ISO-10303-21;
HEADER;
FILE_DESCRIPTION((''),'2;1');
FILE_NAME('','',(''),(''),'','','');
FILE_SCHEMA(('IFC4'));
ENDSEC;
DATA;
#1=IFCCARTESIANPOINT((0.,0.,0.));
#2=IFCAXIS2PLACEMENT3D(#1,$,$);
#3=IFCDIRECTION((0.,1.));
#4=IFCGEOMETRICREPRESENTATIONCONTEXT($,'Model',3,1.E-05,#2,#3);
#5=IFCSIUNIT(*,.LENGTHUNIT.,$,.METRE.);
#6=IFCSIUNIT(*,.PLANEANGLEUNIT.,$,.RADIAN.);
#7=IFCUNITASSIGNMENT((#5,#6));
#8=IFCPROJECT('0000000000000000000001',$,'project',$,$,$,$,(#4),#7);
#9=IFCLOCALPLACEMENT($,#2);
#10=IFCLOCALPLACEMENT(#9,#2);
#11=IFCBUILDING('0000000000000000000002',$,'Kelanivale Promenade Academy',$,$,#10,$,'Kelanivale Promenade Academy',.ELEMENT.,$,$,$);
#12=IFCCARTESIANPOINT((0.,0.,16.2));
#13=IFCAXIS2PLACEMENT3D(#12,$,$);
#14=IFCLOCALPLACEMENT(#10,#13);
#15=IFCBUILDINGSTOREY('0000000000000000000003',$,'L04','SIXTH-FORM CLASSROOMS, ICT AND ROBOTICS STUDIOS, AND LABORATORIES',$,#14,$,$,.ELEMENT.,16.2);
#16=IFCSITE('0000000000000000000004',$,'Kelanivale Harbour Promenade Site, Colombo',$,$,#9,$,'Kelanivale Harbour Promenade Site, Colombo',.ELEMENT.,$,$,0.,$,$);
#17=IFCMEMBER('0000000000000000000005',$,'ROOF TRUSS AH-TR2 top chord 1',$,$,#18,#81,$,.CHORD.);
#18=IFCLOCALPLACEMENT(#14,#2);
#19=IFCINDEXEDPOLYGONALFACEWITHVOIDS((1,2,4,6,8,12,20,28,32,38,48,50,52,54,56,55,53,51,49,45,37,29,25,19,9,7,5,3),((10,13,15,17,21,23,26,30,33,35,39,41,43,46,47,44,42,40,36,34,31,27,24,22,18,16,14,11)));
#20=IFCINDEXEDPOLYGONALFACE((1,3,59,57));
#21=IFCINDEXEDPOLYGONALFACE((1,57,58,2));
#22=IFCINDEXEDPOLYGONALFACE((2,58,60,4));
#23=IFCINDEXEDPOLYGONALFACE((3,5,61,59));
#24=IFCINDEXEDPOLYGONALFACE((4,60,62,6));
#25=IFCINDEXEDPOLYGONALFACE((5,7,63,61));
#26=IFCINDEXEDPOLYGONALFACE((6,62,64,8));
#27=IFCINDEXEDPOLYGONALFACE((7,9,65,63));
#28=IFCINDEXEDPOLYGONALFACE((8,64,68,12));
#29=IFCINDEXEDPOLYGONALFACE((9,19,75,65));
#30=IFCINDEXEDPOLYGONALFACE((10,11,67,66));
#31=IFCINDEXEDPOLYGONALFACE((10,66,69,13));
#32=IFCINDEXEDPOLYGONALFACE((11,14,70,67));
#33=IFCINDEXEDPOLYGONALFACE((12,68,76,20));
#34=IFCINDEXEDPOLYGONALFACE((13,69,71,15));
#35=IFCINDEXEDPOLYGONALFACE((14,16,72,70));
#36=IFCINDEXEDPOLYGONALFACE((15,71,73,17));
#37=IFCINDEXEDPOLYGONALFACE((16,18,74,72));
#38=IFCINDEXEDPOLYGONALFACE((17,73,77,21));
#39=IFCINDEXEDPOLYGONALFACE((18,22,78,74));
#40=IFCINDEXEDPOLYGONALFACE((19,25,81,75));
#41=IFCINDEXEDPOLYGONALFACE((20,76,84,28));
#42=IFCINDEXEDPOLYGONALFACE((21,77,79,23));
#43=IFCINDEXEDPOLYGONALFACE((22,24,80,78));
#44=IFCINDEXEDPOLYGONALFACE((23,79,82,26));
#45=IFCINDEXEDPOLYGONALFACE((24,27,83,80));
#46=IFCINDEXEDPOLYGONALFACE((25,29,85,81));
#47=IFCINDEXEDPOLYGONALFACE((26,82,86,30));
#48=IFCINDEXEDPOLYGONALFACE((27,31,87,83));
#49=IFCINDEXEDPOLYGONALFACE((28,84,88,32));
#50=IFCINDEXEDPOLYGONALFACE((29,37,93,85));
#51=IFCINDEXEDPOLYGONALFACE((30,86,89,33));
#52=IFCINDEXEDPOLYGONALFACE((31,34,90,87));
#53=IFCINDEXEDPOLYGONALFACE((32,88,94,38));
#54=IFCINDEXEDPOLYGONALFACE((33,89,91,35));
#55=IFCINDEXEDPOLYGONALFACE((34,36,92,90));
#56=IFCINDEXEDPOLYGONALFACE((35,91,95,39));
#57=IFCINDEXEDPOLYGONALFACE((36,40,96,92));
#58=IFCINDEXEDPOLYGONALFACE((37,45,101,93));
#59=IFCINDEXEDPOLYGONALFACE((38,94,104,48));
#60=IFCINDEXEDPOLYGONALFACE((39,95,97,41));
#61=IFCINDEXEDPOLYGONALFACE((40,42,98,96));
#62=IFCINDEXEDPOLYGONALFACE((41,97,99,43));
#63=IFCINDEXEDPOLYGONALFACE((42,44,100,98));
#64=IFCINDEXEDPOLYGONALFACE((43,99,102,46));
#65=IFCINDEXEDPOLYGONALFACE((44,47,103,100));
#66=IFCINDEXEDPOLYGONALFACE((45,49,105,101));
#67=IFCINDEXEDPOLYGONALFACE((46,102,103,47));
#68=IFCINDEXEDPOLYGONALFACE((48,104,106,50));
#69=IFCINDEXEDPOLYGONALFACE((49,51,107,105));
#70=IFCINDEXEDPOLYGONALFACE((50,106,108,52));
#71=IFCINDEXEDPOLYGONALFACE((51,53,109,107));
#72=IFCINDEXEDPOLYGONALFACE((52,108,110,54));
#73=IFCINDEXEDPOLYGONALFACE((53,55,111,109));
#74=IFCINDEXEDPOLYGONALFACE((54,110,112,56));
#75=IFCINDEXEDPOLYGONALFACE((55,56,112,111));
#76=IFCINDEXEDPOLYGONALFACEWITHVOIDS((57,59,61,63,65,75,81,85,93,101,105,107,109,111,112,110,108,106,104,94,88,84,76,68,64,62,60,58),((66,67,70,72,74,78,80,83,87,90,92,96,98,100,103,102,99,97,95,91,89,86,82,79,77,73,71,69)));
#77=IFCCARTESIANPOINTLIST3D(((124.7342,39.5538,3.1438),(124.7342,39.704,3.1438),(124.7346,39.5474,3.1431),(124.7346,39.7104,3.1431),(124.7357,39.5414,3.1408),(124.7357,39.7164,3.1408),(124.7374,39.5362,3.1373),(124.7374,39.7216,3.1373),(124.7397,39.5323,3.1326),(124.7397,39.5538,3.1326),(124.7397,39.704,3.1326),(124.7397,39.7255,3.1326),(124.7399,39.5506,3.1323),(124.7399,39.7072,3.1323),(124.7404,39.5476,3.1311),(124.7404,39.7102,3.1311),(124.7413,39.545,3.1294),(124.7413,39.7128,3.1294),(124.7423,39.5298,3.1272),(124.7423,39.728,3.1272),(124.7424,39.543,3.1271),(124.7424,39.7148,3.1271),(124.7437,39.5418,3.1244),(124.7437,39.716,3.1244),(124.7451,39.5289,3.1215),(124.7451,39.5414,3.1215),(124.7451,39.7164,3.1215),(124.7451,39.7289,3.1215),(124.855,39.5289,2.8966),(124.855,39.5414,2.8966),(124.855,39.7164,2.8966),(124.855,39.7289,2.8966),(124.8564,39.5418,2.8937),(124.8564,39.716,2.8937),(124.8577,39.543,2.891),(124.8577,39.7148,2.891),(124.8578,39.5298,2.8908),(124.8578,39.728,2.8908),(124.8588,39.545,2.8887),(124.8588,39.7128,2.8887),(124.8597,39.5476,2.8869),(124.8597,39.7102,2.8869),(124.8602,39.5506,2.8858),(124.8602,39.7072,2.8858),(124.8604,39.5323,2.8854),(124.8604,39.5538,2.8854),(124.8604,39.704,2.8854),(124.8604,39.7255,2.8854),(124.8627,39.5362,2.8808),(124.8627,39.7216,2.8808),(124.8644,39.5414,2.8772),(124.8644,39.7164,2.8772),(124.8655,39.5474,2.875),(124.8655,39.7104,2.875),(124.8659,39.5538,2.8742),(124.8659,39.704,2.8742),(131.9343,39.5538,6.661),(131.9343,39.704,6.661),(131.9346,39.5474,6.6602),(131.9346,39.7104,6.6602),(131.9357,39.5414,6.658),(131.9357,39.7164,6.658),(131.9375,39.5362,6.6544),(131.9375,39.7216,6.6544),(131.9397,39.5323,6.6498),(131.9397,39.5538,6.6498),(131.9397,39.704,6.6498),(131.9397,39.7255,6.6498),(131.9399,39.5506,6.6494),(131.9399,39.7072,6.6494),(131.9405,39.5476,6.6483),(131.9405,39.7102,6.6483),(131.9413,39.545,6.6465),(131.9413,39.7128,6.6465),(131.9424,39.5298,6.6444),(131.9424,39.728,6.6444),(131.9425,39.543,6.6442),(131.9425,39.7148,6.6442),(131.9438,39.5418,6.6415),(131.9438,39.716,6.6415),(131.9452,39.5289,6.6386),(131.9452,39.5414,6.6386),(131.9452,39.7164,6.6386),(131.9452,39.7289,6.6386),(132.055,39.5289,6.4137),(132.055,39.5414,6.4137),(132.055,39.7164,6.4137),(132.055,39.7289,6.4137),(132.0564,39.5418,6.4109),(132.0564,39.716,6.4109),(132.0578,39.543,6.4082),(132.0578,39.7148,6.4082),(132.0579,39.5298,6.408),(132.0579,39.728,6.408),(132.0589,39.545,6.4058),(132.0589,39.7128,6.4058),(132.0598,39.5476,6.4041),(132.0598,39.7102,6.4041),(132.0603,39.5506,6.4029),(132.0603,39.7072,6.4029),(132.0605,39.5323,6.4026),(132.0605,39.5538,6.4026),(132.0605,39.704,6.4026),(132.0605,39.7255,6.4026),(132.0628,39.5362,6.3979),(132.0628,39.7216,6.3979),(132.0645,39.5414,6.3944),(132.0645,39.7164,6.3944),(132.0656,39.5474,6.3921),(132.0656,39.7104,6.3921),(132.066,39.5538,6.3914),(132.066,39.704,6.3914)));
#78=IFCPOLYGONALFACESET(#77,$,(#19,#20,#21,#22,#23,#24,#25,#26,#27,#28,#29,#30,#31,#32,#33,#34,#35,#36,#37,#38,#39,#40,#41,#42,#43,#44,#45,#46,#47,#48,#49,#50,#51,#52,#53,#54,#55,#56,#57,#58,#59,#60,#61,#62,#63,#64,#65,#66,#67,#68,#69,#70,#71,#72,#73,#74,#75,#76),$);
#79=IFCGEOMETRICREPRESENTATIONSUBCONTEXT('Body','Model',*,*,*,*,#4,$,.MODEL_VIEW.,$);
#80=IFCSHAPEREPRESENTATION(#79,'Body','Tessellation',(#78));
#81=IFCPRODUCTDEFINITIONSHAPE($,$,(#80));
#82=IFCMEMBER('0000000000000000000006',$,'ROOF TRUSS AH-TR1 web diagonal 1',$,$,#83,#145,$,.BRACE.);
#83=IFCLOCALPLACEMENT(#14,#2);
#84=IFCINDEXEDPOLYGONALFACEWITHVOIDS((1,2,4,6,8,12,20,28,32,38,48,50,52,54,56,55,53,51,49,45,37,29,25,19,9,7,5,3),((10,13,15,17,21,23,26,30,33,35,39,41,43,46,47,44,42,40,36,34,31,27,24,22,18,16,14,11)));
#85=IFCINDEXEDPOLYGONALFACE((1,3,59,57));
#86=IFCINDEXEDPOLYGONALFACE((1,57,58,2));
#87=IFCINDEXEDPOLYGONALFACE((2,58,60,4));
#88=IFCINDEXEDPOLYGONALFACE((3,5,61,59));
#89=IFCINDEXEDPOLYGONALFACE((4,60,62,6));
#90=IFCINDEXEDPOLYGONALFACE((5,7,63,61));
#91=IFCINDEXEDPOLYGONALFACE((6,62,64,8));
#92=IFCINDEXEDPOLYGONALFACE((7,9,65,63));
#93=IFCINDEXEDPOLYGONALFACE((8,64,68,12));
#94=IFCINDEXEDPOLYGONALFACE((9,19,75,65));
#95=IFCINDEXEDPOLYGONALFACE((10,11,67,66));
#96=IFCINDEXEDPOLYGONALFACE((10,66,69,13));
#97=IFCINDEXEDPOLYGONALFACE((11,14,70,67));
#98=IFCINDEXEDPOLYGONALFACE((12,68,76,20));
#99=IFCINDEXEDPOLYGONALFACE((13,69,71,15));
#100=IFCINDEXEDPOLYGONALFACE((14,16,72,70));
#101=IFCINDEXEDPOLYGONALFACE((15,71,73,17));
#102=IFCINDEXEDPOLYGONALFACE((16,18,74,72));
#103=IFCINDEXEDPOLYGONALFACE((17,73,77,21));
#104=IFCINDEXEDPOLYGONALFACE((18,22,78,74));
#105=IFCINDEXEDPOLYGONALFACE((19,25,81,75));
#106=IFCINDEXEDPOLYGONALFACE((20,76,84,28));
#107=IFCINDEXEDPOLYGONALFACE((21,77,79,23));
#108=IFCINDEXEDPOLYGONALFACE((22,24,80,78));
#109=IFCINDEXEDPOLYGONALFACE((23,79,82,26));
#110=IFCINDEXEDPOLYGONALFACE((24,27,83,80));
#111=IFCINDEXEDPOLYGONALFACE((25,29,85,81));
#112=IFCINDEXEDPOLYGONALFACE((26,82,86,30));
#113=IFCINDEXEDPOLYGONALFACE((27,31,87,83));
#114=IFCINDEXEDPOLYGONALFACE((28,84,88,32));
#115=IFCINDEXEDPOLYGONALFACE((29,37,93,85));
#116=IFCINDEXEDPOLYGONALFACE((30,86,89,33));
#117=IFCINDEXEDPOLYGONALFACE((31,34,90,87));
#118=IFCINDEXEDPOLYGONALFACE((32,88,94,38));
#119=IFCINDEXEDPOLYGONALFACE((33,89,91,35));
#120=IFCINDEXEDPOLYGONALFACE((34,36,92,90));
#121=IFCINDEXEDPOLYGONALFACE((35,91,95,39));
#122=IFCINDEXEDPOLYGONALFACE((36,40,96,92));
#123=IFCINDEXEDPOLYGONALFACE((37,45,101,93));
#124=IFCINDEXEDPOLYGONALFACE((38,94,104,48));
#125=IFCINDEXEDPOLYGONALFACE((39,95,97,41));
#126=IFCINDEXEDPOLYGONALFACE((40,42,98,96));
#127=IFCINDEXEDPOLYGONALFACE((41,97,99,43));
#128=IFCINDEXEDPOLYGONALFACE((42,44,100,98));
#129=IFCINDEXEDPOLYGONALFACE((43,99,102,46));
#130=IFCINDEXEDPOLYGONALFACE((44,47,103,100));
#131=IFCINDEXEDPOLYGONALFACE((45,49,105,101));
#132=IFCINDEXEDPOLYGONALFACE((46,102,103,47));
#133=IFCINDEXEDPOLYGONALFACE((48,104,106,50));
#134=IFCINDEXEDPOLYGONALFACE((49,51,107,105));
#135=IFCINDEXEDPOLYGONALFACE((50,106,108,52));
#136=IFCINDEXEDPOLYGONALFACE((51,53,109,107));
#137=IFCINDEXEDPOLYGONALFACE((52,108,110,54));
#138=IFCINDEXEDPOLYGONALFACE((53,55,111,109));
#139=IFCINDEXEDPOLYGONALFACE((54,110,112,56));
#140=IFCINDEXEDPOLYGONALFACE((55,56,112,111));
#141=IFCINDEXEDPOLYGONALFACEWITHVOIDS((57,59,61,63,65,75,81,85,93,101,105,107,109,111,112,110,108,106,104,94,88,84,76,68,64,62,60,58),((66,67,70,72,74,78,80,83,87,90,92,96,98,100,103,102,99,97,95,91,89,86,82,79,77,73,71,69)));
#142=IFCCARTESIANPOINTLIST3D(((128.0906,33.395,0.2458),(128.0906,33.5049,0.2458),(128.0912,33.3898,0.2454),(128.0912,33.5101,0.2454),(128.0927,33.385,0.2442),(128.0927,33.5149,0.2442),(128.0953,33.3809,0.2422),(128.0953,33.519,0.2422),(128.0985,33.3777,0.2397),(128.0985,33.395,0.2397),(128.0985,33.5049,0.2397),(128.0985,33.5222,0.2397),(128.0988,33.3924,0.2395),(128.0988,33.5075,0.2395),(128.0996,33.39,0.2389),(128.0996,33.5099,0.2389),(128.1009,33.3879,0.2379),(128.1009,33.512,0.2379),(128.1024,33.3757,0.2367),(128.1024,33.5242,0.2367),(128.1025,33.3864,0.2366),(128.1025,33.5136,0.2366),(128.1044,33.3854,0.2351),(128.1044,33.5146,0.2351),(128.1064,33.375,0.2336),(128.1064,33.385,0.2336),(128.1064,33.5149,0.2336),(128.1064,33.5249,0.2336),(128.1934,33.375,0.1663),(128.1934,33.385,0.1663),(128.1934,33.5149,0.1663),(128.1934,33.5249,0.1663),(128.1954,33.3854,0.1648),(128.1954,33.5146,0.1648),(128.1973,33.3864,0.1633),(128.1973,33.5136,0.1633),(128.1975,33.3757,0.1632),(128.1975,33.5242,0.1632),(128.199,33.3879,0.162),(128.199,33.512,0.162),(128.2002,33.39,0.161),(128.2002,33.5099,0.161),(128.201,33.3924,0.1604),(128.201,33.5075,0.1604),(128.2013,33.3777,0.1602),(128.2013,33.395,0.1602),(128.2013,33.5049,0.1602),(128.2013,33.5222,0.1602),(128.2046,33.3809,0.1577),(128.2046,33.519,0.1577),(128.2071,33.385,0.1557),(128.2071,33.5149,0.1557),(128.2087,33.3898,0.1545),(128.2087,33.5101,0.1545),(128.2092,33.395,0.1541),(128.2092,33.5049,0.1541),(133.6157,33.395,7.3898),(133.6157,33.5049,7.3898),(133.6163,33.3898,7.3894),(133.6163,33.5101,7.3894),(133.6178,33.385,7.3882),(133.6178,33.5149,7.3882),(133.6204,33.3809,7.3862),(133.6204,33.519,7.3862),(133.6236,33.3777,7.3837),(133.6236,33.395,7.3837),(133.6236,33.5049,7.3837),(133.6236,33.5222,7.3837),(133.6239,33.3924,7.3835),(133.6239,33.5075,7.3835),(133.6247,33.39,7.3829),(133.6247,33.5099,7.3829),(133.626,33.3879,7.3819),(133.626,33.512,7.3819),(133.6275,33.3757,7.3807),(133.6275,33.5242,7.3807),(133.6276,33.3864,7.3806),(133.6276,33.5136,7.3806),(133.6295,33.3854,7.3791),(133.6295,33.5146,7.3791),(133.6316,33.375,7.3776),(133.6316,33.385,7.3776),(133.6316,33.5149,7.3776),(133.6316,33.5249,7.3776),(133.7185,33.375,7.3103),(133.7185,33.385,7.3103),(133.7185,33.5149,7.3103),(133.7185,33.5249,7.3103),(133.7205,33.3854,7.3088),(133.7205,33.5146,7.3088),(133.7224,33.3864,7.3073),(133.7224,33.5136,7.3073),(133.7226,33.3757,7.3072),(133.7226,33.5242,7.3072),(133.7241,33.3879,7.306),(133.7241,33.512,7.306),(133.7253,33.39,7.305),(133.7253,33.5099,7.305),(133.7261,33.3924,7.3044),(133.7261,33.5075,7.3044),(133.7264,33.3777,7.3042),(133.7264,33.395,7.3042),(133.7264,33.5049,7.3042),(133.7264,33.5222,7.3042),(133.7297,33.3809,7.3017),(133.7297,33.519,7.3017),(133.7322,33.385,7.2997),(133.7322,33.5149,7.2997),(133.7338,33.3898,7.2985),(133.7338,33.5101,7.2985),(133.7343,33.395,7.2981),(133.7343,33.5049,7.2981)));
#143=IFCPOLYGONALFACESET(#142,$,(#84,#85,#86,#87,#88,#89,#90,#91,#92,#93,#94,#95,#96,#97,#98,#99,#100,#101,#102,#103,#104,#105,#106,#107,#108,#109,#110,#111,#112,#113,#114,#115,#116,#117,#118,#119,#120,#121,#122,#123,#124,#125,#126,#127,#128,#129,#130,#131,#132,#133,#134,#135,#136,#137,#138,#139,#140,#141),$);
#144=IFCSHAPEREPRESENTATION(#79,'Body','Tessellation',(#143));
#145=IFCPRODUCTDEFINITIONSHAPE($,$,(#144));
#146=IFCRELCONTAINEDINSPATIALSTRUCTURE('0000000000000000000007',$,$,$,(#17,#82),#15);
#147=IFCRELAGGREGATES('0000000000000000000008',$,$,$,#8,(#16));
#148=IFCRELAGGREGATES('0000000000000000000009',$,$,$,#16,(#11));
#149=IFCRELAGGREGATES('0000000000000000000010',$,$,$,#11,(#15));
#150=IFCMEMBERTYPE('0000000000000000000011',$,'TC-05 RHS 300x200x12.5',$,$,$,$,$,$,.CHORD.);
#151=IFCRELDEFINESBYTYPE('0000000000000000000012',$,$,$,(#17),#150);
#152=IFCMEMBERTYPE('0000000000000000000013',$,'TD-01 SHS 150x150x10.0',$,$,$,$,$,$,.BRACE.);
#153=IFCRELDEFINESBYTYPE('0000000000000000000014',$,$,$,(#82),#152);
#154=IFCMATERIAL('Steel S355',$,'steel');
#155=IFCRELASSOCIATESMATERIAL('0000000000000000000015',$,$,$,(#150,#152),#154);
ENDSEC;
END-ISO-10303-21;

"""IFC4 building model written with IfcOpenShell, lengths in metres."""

from ifc_helpers import new_model, si_unit, direction, frame, origin, origin_2d, place, context, subcontext, project, spatial, hollow_rectangle, extrude, material, material_profile, profile_set, type_object, element, save


model = new_model("IFC4")

# Units and contexts
model_context = context("Model", 3, precision=1e-05, world=origin(), true_north=direction((0.0, 1.0)))
body_context = subcontext(model_context, "Body", "Model", "MODEL_VIEW")
ifc_project = project(units=[si_unit("LENGTHUNIT", "METRE"), si_unit("PLANEANGLEUNIT", "RADIAN")], contexts=[model_context])

# Site, building, storey
site_placement = place(None, origin())
site = spatial("IfcSite", under=ifc_project, at=site_placement, Name="Kelanivale Harbour Promenade Site, Colombo", LongName="Kelanivale Harbour Promenade Site, Colombo", CompositionType="ELEMENT", RefElevation=0.0)
building_placement = place(site_placement, origin())
building = spatial("IfcBuilding", under=site, at=building_placement, Name="Kelanivale Promenade Academy", LongName="Kelanivale Promenade Academy", CompositionType="ELEMENT")
storey_placement = place(building_placement, frame((0.0, 0.0, 16.2)))
storey = spatial("IfcBuildingStorey", under=building, at=storey_placement, Name="L04", Description="SIXTH-FORM CLASSROOMS, ICT AND ROBOTICS STUDIOS, AND LABORATORIES", CompositionType="ELEMENT", Elevation=16.2)

# Shared definitions
ifc_material_1 = material(Name="Steel S355", Category="steel")

# Members
ifc_material_profile_1 = material_profile(ifc_material_1, hollow_rectangle(XDim=0.2, YDim=0.3, WallThickness=0.0125, InnerFilletRadius=0.0125, OuterFilletRadius=0.0249, at=origin_2d()), Name="RHS 300x200x12.5")
ifc_profile_set_1 = profile_set([ifc_material_profile_1], Name="Steel S355")
member_type_1 = type_object("IfcMemberType", Name="TC-05 RHS 300x200x12.5", PredefinedType="CHORD", material=ifc_profile_set_1)
member_1_placement = place(storey_placement, frame((124.8, 39.6289, 3.009), z_axis=(0.898526, 0.0, 0.438919), x_axis=(0.0, 1.0, 0.0)))
element("IfcMember", 1, at=member_1_placement, inside=storey, type_object=member_type_1, Name="ROOF TRUSS AH-TR2 top chord 1", PredefinedType="CHORD", context=body_context, shape_type="SweptSolid", body=[
    extrude(hollow_rectangle(XDim=0.2, YDim=0.3, WallThickness=0.0125, InnerFilletRadius=0.0125, OuterFilletRadius=0.0249, at=origin_2d()), origin(), (0.0, 0.0, 1.0), 8.0132),
])
ifc_material_profile_2 = material_profile(ifc_material_1, hollow_rectangle(XDim=0.1499, YDim=0.1499, WallThickness=0.01, InnerFilletRadius=0.01, OuterFilletRadius=0.02, at=origin_2d()), Name="SHS 150x150x10.0")
ifc_profile_set_2 = profile_set([ifc_material_profile_2], Name="Steel S355")
member_type_2 = type_object("IfcMemberType", Name="TD-01 SHS 150x150x10.0", PredefinedType="BRACE", material=ifc_profile_set_2)
member_2_placement = place(storey_placement, frame((128.1499, 33.45, 0.2), z_axis=(0.611777, 0.0, 0.79103), x_axis=(0.0, 1.0, 0.0)))
element("IfcMember", 2, at=member_2_placement, inside=storey, type_object=member_type_2, Name="ROOF TRUSS AH-TR1 web diagonal 1", PredefinedType="BRACE", context=body_context, shape_type="SweptSolid", body=[
    extrude(hollow_rectangle(XDim=0.1499, YDim=0.1499, WallThickness=0.01, InnerFilletRadius=0.01, OuterFilletRadius=0.02, at=origin_2d()), origin(), (0.0, 0.0, 1.0), 9.0312),
])

save(model, "model.ifc")
